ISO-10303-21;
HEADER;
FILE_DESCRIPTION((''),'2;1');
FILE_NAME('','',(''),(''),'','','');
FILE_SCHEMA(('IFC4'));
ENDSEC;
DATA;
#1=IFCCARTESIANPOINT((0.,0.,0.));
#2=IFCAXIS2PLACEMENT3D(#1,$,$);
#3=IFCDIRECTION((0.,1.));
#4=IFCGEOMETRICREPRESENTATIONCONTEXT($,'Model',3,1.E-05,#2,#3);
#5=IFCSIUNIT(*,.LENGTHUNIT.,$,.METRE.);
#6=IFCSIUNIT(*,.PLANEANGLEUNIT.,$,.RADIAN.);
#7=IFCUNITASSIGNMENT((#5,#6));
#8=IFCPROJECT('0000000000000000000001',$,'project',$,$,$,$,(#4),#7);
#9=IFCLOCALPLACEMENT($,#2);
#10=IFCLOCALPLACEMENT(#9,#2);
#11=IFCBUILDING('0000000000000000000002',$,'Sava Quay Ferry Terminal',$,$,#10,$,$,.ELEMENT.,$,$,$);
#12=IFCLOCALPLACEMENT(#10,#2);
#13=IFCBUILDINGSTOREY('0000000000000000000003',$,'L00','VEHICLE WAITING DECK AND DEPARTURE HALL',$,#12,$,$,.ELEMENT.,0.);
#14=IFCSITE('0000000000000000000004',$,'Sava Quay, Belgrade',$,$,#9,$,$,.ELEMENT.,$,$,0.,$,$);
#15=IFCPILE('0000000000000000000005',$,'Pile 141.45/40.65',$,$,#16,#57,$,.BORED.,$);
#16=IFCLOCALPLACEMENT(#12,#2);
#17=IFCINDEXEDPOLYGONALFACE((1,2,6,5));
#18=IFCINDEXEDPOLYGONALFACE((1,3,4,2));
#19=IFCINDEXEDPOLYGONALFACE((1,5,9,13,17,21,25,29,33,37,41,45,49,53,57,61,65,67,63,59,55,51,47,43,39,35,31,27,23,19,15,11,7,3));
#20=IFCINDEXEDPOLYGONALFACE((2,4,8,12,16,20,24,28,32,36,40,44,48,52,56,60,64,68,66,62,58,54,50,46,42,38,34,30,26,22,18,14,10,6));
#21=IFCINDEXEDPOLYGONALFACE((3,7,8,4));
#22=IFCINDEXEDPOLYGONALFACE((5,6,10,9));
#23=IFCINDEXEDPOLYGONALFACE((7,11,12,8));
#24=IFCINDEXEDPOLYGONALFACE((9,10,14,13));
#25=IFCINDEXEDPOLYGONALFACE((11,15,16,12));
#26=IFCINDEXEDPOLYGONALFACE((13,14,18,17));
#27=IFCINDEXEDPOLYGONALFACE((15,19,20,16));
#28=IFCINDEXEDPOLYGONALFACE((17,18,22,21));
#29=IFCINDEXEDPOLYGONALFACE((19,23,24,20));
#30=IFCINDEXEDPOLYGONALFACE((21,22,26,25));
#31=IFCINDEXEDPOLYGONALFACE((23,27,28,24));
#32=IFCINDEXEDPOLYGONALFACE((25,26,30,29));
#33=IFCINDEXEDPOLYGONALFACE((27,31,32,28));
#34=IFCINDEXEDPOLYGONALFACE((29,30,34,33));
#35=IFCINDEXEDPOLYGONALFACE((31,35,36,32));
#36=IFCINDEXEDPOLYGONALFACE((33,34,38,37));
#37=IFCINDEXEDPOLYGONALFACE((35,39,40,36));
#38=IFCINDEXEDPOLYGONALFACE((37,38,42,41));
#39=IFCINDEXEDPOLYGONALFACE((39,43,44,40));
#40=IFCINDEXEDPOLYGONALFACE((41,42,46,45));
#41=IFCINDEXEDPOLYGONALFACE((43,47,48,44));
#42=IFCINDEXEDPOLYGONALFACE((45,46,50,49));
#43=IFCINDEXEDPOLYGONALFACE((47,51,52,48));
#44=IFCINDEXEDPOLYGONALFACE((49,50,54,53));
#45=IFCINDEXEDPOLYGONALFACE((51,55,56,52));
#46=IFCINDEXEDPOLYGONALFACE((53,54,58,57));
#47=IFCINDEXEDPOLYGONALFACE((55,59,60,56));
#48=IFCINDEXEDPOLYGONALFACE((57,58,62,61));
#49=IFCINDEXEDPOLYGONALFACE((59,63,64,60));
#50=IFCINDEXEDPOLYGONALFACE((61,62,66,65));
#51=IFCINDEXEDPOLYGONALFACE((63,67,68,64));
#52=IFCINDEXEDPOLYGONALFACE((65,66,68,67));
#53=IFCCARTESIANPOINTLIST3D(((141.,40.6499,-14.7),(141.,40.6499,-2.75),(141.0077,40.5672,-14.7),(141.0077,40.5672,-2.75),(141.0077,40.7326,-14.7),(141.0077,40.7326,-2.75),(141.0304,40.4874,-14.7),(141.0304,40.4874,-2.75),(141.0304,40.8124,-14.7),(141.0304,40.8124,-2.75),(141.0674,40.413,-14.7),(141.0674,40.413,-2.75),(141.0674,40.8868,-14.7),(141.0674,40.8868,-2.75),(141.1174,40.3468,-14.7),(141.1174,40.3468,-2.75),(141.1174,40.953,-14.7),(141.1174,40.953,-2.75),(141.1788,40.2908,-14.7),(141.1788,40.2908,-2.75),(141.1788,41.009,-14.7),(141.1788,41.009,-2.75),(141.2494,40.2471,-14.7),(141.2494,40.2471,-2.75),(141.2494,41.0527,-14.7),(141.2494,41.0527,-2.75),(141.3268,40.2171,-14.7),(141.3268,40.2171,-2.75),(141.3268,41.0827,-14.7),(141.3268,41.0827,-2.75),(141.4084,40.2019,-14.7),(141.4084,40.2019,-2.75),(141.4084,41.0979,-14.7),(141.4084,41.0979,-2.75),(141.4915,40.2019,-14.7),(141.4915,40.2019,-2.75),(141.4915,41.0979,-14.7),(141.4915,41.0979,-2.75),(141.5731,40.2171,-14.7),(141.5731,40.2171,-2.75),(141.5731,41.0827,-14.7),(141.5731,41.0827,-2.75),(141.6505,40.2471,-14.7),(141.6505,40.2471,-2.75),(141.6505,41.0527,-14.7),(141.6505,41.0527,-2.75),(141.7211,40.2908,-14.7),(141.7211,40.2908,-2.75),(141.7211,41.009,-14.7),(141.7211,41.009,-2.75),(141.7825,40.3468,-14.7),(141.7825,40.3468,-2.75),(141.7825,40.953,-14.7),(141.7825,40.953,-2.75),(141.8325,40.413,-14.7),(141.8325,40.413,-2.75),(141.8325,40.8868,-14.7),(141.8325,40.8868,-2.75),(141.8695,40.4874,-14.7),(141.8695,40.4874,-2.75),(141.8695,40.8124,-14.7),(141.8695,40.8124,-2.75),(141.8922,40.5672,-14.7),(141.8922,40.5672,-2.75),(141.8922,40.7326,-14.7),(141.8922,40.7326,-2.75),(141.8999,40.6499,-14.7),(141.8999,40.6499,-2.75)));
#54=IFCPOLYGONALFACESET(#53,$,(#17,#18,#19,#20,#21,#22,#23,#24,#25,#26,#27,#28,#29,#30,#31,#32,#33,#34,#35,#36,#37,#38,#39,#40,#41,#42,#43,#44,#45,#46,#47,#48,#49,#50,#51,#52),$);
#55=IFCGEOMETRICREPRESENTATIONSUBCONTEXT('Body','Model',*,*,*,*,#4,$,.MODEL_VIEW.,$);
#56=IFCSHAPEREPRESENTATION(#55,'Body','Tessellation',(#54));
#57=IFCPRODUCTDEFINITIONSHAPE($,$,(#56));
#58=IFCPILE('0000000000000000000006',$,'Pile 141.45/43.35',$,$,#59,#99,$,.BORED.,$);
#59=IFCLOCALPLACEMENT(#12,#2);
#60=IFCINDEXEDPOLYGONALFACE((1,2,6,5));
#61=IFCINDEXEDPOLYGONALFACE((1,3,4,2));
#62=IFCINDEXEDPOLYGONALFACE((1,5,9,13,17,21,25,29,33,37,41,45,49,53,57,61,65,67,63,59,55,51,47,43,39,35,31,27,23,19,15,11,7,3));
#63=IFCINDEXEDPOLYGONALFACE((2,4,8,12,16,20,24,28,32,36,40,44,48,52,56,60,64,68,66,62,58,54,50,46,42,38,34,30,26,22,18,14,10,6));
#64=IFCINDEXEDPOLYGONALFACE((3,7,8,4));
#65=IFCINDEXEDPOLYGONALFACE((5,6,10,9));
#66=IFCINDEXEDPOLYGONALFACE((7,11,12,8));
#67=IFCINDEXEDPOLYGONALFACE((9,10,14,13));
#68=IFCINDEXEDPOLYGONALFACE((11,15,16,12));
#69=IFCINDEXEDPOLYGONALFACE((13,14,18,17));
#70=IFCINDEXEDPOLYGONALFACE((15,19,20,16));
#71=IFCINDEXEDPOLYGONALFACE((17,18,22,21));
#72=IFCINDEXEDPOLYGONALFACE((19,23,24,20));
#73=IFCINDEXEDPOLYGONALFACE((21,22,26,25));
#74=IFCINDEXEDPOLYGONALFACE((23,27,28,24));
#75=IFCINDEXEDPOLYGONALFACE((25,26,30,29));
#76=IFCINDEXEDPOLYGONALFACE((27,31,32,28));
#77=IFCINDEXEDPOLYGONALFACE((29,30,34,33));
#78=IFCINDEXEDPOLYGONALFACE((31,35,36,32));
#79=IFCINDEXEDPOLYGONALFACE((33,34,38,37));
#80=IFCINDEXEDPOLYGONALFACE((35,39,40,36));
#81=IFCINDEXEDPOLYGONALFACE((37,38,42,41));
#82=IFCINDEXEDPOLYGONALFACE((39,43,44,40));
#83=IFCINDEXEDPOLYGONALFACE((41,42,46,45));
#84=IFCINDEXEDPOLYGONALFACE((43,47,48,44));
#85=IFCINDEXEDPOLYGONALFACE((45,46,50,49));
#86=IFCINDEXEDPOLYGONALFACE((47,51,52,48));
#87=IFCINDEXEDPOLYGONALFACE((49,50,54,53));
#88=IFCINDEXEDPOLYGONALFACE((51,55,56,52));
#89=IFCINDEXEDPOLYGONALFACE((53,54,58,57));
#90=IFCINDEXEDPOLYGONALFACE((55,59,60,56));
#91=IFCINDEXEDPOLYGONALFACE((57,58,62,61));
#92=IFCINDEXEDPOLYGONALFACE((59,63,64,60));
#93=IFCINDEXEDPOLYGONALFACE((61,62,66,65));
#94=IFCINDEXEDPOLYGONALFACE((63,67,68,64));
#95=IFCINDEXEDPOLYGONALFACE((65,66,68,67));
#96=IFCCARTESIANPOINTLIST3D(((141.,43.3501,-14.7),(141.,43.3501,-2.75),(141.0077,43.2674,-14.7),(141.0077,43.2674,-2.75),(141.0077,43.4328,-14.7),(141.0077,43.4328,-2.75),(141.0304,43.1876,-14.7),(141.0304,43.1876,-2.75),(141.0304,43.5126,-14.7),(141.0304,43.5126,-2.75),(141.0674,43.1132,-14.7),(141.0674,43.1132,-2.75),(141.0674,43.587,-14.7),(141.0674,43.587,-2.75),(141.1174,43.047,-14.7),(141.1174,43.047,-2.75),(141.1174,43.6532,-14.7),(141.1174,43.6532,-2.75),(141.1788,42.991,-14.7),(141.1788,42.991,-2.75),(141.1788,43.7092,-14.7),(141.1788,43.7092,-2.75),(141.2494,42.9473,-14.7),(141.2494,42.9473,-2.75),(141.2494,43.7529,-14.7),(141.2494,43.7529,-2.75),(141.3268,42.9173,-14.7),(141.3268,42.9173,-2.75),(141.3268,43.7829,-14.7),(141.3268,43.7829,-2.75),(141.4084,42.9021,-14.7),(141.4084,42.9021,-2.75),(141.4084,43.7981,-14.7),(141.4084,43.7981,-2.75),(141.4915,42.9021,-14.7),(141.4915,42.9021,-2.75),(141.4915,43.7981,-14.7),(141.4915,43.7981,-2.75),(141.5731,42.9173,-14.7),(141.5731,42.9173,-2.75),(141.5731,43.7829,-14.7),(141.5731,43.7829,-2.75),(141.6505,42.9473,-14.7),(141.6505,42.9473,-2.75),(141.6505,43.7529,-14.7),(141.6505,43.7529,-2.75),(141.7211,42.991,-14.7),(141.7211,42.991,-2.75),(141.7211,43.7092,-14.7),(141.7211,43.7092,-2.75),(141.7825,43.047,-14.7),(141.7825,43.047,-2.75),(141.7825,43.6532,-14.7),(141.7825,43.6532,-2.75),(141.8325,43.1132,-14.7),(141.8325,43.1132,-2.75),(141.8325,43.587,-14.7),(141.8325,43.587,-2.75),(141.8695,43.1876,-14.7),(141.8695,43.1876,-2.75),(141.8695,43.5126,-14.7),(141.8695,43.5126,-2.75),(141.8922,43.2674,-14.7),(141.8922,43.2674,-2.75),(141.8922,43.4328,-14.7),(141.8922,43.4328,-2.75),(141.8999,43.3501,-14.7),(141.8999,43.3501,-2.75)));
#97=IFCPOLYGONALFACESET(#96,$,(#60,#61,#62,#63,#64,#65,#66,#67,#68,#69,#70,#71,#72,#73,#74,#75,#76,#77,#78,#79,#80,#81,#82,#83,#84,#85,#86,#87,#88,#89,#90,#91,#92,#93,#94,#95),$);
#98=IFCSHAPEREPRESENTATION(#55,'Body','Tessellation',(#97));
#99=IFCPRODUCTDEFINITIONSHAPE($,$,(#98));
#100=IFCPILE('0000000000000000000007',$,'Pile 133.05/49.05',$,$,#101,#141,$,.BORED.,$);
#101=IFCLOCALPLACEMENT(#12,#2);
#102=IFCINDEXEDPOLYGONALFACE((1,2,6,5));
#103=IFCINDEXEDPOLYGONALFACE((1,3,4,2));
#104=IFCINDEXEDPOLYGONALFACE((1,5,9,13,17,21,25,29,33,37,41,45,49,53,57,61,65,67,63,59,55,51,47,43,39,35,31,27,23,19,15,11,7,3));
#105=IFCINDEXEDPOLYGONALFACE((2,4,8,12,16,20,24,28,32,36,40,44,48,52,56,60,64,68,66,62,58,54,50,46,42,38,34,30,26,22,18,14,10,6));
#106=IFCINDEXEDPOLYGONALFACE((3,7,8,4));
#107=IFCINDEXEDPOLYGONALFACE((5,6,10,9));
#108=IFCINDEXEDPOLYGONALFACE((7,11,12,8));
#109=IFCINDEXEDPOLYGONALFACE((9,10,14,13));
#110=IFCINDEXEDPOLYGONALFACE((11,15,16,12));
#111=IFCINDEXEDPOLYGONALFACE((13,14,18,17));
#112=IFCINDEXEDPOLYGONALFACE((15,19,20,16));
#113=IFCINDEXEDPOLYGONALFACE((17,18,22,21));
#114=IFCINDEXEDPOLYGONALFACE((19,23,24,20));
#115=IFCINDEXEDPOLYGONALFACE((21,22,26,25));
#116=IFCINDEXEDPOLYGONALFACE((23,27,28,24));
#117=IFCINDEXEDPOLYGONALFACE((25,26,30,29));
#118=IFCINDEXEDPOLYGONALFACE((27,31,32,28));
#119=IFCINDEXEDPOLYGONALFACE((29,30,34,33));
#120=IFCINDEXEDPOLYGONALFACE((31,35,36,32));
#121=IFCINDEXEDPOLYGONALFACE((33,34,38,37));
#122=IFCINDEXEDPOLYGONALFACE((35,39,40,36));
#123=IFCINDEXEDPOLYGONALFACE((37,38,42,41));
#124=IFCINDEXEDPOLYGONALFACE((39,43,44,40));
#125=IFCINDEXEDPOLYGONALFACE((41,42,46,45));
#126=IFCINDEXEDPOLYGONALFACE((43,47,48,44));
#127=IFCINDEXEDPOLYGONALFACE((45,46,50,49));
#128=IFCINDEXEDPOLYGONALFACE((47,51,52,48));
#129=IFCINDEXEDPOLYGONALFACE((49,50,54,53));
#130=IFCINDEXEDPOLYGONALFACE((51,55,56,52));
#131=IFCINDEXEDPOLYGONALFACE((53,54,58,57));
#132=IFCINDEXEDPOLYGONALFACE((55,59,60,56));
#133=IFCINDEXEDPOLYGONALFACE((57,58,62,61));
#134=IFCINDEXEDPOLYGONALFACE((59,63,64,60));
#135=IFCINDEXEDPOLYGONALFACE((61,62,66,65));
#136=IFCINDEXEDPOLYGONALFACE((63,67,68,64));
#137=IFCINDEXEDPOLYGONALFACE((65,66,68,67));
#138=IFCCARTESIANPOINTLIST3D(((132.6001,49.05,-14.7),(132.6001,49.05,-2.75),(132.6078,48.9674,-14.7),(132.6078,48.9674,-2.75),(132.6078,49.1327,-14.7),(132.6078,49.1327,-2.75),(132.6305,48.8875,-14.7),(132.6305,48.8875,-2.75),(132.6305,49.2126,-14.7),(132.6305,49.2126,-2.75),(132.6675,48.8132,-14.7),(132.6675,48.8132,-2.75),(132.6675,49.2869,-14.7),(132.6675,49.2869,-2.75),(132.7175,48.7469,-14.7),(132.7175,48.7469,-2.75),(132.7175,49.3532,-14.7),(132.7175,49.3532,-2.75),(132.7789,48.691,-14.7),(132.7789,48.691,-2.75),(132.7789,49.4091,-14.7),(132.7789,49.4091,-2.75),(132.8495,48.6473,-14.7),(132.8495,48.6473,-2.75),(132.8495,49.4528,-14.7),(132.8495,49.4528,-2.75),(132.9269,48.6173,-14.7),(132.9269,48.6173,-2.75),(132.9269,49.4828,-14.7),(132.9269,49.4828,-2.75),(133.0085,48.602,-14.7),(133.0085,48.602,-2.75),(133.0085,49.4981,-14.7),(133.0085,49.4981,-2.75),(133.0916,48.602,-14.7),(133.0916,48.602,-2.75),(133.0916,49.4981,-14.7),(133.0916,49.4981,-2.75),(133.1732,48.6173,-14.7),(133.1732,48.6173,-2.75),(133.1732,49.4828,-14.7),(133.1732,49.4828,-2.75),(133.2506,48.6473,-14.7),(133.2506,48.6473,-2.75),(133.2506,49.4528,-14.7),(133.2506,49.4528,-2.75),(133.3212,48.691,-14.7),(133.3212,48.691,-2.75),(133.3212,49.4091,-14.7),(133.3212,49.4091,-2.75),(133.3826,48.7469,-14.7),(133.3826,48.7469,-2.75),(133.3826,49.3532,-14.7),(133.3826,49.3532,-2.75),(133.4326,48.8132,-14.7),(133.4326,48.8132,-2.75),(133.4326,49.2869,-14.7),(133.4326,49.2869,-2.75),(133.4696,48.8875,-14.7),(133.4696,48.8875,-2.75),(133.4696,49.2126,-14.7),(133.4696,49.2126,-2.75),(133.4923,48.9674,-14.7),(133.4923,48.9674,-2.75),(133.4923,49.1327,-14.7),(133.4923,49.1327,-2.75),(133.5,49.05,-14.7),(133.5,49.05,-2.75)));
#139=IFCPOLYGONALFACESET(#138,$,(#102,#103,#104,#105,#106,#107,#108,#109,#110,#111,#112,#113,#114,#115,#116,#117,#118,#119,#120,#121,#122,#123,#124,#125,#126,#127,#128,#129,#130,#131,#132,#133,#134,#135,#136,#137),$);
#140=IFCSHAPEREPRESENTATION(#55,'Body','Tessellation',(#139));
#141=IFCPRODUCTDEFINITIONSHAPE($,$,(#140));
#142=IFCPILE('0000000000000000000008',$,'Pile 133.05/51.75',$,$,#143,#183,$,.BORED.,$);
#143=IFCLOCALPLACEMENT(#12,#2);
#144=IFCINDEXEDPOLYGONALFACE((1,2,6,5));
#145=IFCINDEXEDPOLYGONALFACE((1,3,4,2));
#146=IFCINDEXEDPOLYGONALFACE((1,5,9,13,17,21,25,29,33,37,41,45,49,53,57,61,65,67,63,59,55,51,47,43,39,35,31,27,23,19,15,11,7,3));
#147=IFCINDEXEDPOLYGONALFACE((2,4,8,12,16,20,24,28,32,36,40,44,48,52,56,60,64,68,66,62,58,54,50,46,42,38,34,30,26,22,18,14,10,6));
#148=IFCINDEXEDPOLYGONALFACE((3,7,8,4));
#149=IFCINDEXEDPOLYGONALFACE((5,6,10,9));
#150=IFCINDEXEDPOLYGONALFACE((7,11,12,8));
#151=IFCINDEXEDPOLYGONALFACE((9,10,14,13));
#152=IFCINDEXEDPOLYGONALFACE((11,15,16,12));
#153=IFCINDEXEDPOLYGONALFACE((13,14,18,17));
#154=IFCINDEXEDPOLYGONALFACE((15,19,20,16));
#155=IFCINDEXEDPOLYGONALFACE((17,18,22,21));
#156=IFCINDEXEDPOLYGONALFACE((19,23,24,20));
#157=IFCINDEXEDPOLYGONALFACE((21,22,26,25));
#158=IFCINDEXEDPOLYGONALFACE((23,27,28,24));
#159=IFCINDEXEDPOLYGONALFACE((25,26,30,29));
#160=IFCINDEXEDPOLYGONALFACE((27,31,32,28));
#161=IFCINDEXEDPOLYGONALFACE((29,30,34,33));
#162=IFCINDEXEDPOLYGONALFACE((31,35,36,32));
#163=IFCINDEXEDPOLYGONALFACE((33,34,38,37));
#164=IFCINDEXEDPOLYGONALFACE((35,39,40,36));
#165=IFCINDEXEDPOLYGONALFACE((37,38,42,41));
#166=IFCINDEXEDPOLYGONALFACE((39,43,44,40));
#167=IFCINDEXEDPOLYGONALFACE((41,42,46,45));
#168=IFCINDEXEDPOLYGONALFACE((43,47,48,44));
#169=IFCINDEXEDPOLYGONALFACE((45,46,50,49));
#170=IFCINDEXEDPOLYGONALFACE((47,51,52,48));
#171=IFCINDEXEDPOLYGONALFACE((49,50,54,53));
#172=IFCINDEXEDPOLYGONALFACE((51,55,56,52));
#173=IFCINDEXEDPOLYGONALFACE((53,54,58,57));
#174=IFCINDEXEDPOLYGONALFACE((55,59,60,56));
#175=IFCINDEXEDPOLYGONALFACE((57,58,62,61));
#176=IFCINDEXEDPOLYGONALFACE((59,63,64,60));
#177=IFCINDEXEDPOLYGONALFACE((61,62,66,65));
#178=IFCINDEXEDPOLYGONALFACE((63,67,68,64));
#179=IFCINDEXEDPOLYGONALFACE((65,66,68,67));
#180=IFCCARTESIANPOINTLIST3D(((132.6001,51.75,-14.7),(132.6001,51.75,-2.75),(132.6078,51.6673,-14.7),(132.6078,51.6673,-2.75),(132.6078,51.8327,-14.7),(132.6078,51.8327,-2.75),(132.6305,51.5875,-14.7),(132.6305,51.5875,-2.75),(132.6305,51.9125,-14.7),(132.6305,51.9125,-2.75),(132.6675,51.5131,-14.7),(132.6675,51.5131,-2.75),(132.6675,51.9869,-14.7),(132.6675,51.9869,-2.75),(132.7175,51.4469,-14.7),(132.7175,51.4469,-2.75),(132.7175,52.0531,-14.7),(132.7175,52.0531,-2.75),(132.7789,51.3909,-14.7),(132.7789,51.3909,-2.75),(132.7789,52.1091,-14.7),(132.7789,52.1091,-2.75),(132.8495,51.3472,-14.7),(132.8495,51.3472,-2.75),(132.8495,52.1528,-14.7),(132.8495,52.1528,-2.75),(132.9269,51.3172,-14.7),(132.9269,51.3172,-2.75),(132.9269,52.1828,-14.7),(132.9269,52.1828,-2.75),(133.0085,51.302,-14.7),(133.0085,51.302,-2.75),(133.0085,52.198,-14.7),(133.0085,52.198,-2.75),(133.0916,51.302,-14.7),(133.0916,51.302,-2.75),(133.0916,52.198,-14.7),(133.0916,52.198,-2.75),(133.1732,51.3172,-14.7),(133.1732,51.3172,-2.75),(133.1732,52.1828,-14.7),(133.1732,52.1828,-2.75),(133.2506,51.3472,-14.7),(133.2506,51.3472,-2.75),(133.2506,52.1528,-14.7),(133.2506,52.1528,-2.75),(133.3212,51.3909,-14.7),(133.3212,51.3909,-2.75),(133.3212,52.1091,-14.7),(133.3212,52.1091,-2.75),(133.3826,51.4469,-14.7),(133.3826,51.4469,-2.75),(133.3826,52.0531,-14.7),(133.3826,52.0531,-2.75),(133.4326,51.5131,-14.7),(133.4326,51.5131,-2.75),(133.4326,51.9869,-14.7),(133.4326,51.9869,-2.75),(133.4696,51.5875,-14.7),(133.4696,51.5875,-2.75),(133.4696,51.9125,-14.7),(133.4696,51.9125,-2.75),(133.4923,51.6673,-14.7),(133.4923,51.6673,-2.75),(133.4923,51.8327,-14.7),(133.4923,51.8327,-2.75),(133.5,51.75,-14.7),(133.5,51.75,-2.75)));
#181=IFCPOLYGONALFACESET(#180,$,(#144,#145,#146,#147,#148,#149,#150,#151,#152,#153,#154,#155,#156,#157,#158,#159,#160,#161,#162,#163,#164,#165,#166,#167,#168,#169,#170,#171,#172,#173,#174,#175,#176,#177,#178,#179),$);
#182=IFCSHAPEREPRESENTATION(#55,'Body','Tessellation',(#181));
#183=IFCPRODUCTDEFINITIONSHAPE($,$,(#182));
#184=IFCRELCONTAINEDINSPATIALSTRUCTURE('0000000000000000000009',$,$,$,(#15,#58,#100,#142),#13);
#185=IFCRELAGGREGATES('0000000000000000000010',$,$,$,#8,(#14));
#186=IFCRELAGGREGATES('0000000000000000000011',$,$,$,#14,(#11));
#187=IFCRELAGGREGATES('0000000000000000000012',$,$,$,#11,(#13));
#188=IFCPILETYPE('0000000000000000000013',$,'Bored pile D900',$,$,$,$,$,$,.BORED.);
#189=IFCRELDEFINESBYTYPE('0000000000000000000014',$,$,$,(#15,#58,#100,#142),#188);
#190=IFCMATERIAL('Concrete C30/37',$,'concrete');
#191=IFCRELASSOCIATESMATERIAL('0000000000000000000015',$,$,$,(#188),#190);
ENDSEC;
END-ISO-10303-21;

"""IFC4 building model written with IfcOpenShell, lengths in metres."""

from ifc_helpers import new_model, si_unit, direction, frame, origin, origin_2d, place, context, subcontext, project, spatial, circle, extrude, material, material_profile, profile_set, type_object, element, save


model = new_model("IFC4")

# Units and contexts
model_context = context("Model", 3, precision=1e-05, world=origin(), true_north=direction((0.0, 1.0)))
body_context = subcontext(model_context, "Body", "Model", "MODEL_VIEW")
ifc_project = project(units=[si_unit("LENGTHUNIT", "METRE"), si_unit("PLANEANGLEUNIT", "RADIAN")], contexts=[model_context])

# Site, building, storey
site_placement = place(None, origin())
site = spatial("IfcSite", under=ifc_project, at=site_placement, Name="Sava Quay, Belgrade", CompositionType="ELEMENT", RefElevation=0.0)
building_placement = place(site_placement, origin())
building = spatial("IfcBuilding", under=site, at=building_placement, Name="Sava Quay Ferry Terminal", CompositionType="ELEMENT")
storey_placement = place(building_placement, origin())
storey = spatial("IfcBuildingStorey", under=building, at=storey_placement, Name="L00", Description="VEHICLE WAITING DECK AND DEPARTURE HALL", CompositionType="ELEMENT", Elevation=0.0)

# Piles
ifc_material_1 = material(Name="Concrete C30/37", Category="concrete")
ifc_material_profile_1 = material_profile(ifc_material_1, circle(Radius=0.45, at=origin_2d()), Name="Bored pile D900")
ifc_profile_set_1 = profile_set([ifc_material_profile_1], Name="Concrete C30/37")
pile_type = type_object("IfcPileType", Name="Bored pile D900", PredefinedType="BORED", material=ifc_profile_set_1)
for number, where, z_axis, x_axis, name in (
    (1, (141.45, 40.6499, -2.75), (0.0, 0.0, -1.0), (1.0, 0.0, 0.0), "Pile 141.45/40.65"),
    (2, (141.45, 43.3501, -2.75), (0.0, 0.0, -1.0), (1.0, 0.0, 0.0), "Pile 141.45/43.35"),
    (3, (133.05, 49.05, -2.75), (0.0, 0.0, -1.0), (1.0, 0.0, 0.0), "Pile 133.05/49.05"),
    (4, (133.05, 51.75, -2.75), (0.0, 0.0, -1.0), (1.0, 0.0, 0.0), "Pile 133.05/51.75"),
):
    element("IfcPile", number, at=place(storey_placement, frame(where, z_axis=z_axis, x_axis=x_axis)), inside=storey, type_object=pile_type, Name=name, PredefinedType="BORED", context=body_context, shape_type="SweptSolid", body=[
        extrude(circle(Radius=0.45, at=origin_2d()), origin(), (0.0, 0.0, 1.0), 11.95),
    ])

save(model, "model.ifc")
